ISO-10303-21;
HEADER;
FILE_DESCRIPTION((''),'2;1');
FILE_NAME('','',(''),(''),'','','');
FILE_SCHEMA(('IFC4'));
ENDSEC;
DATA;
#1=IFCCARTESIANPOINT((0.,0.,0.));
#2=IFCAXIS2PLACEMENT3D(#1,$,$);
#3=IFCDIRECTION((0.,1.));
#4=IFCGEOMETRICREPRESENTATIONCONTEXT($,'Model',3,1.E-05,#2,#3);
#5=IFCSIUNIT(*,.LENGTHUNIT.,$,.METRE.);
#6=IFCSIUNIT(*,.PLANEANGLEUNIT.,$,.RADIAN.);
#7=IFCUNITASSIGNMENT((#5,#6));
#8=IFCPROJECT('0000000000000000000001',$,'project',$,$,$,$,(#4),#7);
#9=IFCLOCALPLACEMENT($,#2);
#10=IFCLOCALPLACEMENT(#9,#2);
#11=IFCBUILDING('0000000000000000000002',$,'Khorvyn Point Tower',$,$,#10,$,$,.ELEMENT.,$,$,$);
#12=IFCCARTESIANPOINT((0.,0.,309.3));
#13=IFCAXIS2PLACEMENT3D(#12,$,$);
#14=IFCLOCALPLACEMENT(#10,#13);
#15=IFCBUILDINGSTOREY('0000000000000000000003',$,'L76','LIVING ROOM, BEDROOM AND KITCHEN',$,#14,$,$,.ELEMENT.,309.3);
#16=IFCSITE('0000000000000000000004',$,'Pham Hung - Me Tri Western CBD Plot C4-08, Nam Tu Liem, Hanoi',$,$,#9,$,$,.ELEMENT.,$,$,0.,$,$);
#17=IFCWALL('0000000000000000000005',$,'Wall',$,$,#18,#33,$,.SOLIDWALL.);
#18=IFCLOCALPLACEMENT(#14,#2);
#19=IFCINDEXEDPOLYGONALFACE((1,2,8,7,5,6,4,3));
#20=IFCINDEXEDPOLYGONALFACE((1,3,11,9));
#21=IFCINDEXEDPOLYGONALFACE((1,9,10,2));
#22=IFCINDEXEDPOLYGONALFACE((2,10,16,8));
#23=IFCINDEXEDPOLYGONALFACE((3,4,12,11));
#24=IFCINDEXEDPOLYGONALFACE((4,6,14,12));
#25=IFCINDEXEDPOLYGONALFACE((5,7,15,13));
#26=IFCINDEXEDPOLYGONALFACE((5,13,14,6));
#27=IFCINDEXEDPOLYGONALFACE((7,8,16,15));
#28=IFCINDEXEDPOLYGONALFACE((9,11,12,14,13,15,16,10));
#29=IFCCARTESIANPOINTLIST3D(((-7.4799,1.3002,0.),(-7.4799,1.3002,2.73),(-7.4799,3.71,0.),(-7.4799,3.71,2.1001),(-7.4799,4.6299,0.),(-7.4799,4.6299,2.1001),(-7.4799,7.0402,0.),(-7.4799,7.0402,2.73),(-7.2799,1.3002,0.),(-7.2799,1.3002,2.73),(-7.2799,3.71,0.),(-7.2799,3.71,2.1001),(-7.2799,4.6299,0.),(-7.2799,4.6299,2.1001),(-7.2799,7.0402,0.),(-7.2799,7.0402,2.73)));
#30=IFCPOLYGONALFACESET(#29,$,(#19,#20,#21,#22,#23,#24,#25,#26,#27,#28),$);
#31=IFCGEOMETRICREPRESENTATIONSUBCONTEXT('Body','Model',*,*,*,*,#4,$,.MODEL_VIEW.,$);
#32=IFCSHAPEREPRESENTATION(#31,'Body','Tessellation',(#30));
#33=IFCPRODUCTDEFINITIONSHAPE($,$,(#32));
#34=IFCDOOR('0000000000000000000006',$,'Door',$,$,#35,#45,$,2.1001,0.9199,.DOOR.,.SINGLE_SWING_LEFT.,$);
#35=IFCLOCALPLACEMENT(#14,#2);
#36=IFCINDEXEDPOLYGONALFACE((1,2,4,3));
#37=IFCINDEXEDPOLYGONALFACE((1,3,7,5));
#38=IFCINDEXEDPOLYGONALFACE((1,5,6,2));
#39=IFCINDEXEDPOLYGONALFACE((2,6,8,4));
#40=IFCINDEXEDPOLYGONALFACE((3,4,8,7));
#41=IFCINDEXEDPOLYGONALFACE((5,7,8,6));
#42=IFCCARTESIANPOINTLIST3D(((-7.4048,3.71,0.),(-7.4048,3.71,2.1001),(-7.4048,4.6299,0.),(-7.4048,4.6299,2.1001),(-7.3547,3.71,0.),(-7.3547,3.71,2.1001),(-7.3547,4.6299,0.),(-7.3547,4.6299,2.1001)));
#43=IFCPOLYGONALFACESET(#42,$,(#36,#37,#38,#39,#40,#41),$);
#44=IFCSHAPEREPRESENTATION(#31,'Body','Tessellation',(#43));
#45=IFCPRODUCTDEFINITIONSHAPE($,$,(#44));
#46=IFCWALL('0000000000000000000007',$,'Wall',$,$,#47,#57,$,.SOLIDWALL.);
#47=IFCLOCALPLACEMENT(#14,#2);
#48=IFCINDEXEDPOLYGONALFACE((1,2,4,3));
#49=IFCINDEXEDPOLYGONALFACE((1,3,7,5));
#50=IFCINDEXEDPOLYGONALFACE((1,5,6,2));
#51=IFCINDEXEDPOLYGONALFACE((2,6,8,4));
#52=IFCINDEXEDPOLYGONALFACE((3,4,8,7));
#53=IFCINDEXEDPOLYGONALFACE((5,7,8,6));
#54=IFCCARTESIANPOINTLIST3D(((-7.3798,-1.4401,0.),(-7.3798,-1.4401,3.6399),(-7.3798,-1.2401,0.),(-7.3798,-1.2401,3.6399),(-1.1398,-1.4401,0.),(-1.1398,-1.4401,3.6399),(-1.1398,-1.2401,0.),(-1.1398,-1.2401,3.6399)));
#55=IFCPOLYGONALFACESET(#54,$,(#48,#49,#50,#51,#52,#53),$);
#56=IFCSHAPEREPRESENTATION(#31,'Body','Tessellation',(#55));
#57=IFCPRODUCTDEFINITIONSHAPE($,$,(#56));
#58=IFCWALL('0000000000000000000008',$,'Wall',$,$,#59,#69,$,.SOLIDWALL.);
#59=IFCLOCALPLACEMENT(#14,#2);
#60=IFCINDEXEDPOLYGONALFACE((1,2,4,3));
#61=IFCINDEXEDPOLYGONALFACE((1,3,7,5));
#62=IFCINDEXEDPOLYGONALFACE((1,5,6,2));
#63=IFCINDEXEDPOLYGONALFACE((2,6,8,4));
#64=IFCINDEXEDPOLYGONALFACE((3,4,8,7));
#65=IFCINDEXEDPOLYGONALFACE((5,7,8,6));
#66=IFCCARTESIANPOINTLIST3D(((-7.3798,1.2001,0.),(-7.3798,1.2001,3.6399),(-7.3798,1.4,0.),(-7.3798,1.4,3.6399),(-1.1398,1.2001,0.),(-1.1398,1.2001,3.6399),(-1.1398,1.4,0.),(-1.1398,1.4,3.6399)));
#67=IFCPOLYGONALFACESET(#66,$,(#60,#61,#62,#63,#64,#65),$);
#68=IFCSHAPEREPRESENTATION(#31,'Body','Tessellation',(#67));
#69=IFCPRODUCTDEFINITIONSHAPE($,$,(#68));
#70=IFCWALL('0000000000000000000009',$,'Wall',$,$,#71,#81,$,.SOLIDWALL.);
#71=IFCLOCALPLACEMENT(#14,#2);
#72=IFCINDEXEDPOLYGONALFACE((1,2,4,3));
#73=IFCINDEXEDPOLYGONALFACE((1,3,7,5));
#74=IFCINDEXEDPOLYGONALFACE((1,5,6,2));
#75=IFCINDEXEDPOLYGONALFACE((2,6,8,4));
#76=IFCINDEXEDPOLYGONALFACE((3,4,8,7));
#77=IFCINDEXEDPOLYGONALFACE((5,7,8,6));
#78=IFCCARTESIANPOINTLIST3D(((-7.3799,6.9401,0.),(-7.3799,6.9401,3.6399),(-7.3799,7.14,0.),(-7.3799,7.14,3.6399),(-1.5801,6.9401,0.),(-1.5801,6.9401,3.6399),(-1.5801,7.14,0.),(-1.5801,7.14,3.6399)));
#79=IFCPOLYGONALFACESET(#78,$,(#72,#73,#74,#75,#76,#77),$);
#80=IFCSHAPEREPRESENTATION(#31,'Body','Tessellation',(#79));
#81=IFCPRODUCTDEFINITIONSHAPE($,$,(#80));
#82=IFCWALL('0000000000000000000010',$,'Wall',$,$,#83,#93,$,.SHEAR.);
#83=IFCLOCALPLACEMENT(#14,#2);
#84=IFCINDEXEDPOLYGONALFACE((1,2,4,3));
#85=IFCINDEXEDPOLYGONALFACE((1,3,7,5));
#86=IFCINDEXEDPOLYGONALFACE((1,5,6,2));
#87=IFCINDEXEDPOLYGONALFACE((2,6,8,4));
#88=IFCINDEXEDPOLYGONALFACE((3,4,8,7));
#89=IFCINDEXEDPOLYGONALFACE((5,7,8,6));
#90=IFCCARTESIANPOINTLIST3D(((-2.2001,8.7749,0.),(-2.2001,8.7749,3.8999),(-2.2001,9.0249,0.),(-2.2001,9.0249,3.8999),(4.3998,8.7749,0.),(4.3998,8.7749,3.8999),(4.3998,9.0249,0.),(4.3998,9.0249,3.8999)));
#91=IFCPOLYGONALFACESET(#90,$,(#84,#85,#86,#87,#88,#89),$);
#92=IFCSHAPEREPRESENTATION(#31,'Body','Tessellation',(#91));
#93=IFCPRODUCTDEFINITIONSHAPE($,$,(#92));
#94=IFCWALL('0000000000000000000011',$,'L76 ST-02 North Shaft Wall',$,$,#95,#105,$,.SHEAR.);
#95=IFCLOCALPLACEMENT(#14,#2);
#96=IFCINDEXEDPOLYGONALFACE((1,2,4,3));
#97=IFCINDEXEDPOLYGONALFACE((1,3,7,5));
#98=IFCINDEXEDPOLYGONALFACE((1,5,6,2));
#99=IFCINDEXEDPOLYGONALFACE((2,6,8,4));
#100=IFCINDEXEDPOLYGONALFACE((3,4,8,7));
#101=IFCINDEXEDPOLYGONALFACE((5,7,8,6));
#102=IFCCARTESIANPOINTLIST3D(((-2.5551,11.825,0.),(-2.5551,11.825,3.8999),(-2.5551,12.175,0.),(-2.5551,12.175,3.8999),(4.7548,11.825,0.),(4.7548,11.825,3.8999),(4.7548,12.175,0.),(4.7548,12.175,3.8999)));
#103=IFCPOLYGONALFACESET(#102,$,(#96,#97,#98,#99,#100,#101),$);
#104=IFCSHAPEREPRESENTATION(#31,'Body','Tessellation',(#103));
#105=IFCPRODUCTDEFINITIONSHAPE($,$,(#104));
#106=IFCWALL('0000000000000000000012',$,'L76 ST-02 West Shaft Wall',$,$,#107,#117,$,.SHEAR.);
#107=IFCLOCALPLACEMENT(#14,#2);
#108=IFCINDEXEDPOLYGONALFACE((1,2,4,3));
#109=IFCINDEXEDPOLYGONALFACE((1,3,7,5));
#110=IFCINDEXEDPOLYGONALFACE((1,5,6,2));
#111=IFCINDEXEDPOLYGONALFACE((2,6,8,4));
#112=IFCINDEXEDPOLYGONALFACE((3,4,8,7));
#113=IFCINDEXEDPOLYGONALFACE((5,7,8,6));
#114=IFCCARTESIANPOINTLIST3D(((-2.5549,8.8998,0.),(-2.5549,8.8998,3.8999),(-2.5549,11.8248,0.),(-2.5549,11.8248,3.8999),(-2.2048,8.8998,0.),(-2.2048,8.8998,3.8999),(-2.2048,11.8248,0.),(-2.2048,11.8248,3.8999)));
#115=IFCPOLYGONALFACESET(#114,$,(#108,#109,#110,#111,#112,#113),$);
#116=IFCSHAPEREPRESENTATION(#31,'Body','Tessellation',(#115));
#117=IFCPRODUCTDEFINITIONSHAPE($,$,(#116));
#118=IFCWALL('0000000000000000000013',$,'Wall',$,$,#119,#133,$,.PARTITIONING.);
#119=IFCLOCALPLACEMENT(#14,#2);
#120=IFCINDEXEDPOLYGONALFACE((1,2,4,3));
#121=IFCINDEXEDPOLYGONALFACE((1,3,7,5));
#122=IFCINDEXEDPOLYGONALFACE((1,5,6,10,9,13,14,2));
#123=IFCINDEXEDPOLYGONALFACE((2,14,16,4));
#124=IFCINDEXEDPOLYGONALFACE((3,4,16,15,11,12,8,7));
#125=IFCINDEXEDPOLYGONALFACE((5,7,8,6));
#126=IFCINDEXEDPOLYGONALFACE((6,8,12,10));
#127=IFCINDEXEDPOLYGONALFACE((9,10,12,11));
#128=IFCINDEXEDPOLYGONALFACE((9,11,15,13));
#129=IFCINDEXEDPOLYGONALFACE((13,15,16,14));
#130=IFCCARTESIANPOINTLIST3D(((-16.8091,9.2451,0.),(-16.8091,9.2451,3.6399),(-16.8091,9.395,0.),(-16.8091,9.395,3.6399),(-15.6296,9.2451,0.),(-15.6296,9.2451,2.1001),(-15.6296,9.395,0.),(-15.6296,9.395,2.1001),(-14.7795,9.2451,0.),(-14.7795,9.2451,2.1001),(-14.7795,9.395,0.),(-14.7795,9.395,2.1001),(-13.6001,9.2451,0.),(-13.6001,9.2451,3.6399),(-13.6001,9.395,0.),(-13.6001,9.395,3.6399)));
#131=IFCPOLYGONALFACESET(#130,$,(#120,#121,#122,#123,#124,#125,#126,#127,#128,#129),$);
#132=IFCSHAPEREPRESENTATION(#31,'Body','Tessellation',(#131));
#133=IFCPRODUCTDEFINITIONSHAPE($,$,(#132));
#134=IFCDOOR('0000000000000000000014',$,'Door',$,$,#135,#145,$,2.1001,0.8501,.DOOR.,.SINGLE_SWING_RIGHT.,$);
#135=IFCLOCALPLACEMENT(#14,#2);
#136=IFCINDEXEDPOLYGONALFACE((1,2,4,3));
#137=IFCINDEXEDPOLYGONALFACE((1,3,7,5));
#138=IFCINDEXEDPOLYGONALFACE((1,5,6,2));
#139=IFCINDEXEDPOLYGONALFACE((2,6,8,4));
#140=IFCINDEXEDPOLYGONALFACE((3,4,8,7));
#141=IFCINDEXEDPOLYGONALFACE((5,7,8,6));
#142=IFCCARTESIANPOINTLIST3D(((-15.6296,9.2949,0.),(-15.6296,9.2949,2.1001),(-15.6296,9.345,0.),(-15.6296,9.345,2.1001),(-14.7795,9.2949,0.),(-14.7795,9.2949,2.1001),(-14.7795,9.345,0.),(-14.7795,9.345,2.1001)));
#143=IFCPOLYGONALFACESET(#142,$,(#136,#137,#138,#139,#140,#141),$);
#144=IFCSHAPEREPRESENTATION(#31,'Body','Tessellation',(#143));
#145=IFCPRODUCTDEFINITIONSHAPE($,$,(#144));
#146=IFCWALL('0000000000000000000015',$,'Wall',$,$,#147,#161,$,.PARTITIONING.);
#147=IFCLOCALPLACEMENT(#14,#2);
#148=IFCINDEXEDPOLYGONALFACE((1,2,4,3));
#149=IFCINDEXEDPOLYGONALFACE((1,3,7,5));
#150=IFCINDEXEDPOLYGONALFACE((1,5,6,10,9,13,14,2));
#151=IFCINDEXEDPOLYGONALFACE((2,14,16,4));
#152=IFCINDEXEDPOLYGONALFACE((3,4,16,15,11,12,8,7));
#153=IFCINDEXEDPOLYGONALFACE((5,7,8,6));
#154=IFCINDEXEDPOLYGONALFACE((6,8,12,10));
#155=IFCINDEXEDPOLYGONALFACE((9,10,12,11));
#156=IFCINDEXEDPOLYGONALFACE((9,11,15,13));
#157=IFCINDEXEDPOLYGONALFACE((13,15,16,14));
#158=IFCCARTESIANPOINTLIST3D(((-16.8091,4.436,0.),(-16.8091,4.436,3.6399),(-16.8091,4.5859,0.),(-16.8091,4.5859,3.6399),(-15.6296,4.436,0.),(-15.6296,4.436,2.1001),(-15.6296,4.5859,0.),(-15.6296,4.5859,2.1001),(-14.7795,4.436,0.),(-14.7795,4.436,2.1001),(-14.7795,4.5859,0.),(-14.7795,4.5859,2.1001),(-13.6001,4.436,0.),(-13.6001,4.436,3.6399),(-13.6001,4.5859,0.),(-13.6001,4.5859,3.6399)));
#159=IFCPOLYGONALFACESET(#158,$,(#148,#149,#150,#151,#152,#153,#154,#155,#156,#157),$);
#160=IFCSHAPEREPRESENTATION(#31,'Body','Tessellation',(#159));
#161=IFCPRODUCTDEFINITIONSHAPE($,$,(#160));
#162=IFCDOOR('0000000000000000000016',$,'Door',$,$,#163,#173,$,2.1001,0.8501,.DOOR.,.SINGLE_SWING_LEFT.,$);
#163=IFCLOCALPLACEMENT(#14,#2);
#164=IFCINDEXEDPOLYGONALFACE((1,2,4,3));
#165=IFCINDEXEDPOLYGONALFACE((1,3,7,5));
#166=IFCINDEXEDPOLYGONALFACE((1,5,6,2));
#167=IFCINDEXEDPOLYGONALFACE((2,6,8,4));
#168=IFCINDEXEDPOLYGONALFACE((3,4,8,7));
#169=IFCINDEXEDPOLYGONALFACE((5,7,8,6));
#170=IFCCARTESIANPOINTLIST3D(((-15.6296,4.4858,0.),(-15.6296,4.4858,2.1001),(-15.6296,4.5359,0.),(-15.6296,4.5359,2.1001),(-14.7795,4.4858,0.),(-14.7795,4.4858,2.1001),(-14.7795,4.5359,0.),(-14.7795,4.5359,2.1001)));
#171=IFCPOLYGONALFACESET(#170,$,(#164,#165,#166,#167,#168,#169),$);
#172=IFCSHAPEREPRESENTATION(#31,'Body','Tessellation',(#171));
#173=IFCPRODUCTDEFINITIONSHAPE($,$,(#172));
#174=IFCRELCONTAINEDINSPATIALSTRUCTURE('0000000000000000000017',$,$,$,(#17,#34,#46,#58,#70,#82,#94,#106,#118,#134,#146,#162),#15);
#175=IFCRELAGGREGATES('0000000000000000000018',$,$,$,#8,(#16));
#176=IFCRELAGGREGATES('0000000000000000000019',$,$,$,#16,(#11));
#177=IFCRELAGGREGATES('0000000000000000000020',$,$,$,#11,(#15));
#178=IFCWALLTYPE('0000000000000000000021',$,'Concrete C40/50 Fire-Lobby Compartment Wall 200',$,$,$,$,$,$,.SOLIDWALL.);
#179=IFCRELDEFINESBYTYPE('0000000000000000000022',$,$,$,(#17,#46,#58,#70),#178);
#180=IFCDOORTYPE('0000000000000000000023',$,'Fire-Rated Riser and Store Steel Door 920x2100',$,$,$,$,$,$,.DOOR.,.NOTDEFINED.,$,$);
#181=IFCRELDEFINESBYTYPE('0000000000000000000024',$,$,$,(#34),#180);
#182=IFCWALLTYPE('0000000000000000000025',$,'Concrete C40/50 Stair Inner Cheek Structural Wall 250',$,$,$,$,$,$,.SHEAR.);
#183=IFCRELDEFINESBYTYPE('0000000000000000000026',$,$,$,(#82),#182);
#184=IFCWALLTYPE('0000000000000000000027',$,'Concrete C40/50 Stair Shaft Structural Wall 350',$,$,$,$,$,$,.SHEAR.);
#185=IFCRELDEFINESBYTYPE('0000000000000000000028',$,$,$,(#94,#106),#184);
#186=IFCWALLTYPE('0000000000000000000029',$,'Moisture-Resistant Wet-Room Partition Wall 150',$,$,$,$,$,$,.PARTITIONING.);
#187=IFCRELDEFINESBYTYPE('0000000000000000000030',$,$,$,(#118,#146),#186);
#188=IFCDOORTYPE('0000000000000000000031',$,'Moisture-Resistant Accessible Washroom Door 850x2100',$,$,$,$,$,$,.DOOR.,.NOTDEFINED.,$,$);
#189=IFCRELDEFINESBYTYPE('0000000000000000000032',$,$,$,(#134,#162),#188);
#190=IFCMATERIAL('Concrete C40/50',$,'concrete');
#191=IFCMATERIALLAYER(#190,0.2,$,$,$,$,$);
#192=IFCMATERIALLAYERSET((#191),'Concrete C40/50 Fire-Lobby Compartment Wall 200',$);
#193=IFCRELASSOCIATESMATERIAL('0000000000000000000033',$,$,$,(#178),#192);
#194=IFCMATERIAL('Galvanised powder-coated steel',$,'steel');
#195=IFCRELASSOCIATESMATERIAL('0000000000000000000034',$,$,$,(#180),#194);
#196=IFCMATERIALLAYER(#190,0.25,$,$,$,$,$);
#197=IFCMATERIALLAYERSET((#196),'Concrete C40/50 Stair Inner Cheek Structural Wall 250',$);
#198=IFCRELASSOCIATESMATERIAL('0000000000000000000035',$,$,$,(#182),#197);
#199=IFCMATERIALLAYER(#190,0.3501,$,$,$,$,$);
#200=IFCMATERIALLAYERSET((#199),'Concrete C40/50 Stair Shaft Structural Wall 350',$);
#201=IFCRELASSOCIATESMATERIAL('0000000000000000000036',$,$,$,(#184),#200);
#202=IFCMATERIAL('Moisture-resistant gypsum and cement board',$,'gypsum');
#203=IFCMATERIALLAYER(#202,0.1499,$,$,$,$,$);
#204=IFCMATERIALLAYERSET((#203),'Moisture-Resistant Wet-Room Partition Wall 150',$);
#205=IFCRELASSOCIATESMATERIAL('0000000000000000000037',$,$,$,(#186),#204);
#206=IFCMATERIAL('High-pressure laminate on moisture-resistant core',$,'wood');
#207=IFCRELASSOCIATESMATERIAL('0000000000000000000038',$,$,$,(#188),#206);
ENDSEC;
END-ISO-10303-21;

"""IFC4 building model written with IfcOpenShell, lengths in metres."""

from ifc_helpers import new_model, si_unit, direction, frame, frame_2d, origin, place, context, subcontext, project, spatial, rectangle, extrude, material, layer, layer_set, type_object, element, fill, save


model = new_model("IFC4")

# Units and contexts
model_context = context("Model", 3, precision=1e-05, world=origin(), true_north=direction((0.0, 1.0)))
body_context = subcontext(model_context, "Body", "Model", "MODEL_VIEW")
ifc_project = project(units=[si_unit("LENGTHUNIT", "METRE"), si_unit("PLANEANGLEUNIT", "RADIAN")], contexts=[model_context])

# Site, building, storey
site_placement = place(None, origin())
site = spatial("IfcSite", under=ifc_project, at=site_placement, Name="Pham Hung - Me Tri Western CBD Plot C4-08, Nam Tu Liem, Hanoi", CompositionType="ELEMENT", RefElevation=0.0)
building_placement = place(site_placement, origin())
building = spatial("IfcBuilding", under=site, at=building_placement, Name="Khorvyn Point Tower", CompositionType="ELEMENT")
storey_placement = place(building_placement, frame((0.0, 0.0, 309.3)))
storey = spatial("IfcBuildingStorey", under=building, at=storey_placement, Name="L76", Description="LIVING ROOM, BEDROOM AND KITCHEN", CompositionType="ELEMENT", Elevation=309.3)

# Shared definitions
ifc_material_1 = material(Name="Concrete C40/50", Category="concrete")

# Wall, opening, door
ifc_layer_1 = layer(ifc_material_1, 0.2)
ifc_layer_set_1 = layer_set([ifc_layer_1], Name="Concrete C40/50 Fire-Lobby Compartment Wall 200")
wall_type_1 = type_object("IfcWallType", Name="Concrete C40/50 Fire-Lobby Compartment Wall 200", PredefinedType="SOLIDWALL", material=ifc_layer_set_1)
ifc_material_2 = material(Name="Galvanised powder-coated steel", Category="steel")
wall_1_placement = place(storey_placement, frame((-7.3799, 1.3, 0.0), z_axis=(0.0, 0.0, 1.0), x_axis=(0.0, 1.0, 0.0)))
wall_1 = element("IfcWall", 1, at=wall_1_placement, inside=storey, type_object=wall_type_1, Name="Wall", PredefinedType="SOLIDWALL", context=body_context, shape_type="SweptSolid", body=[
    extrude(rectangle(XDim=5.74, YDim=0.2, at=frame_2d((2.8701, 0.0))), origin(), (0.0, 0.0, 1.0), 2.73),
])
opening_1_placement = place(wall_1_placement, frame((2.4099, 0.0, 0.0)))
opening_1 = element("IfcOpeningElement", 2, at=opening_1_placement, cuts=wall_1, PredefinedType="OPENING", context=body_context, shape_type="SweptSolid", body=[
    extrude(rectangle(XDim=0.9199, YDim=2.1001, at=frame_2d((0.46, 1.05))), frame((0.0, 0.1099, 0.0), z_axis=(0.0, -1.0, 0.0), x_axis=(1.0, 0.0, 0.0)), (0.0, 0.0, 1.0), 0.22),
])
door_type_1 = type_object("IfcDoorType", Name="Fire-Rated Riser and Store Steel Door 920x2100", OperationType="NOTDEFINED", PredefinedType="DOOR", material=ifc_material_2)
door_1_placement = place(opening_1_placement, origin())
door_1 = element("IfcDoor", 3, at=door_1_placement, inside=storey, type_object=door_type_1, Name="Door", OperationType="SINGLE_SWING_LEFT", OverallHeight=2.1001, OverallWidth=0.9199, PredefinedType="DOOR", context=body_context, shape_type="SweptSolid", body=[
    extrude(rectangle(XDim=0.9199, YDim=2.1001, at=frame_2d((0.46, 1.05))), frame((0.0, 0.0249, 0.0), z_axis=(0.0, -1.0, 0.0), x_axis=(1.0, 0.0, 0.0)), (0.0, 0.0, 1.0), 0.05),
])
fill(opening_1, door_1)

# Walls
for number, where, z_axis, x_axis, name in (
    (4, (-7.3799, -1.3401, 0.0), (0.0, 0.0, 1.0), (1.0, 0.0, 0.0), "Wall"),
    (5, (-7.3799, 1.3, 0.0), (0.0, 0.0, 1.0), (1.0, 0.0, 0.0), "Wall"),
):
    element("IfcWall", number, at=place(storey_placement, frame(where, z_axis=z_axis, x_axis=x_axis)), inside=storey, type_object=wall_type_1, Name=name, PredefinedType="SOLIDWALL", context=body_context, shape_type="SweptSolid", body=[
        extrude(rectangle(XDim=6.24, YDim=0.2, at=frame_2d((3.1201, 0.0))), origin(), (0.0, 0.0, 1.0), 3.6399),
    ])
wall_2_placement = place(storey_placement, frame((-7.3799, 7.04, 0.0), z_axis=(0.0, 0.0, 1.0), x_axis=(1.0, 0.0, 0.0)))
element("IfcWall", 6, at=wall_2_placement, inside=storey, type_object=wall_type_1, Name="Wall", PredefinedType="SOLIDWALL", context=body_context, shape_type="SweptSolid", body=[
    extrude(rectangle(XDim=5.7998, YDim=0.2, at=frame_2d((2.8999, 0.0))), origin(), (0.0, 0.0, 1.0), 3.6399),
])
ifc_layer_2 = layer(ifc_material_1, 0.25)
ifc_layer_set_2 = layer_set([ifc_layer_2], Name="Concrete C40/50 Stair Inner Cheek Structural Wall 250")
wall_type_2 = type_object("IfcWallType", Name="Concrete C40/50 Stair Inner Cheek Structural Wall 250", PredefinedType="SHEAR", material=ifc_layer_set_2)
wall_3_placement = place(storey_placement, frame((-2.2, 8.8999, 0.0), z_axis=(0.0, 0.0, 1.0), x_axis=(1.0, 0.0, 0.0)))
element("IfcWall", 7, at=wall_3_placement, inside=storey, type_object=wall_type_2, Name="Wall", PredefinedType="SHEAR", context=body_context, shape_type="SweptSolid", body=[
    extrude(rectangle(XDim=6.5999, YDim=0.25, at=frame_2d((3.2998, 0.0))), origin(), (0.0, 0.0, 1.0), 3.8999),
])
ifc_layer_3 = layer(ifc_material_1, 0.3501)
ifc_layer_set_3 = layer_set([ifc_layer_3], Name="Concrete C40/50 Stair Shaft Structural Wall 350")
wall_type_3 = type_object("IfcWallType", Name="Concrete C40/50 Stair Shaft Structural Wall 350", PredefinedType="SHEAR", material=ifc_layer_set_3)
wall_4_placement = place(storey_placement, frame((-2.5549, 12.0, 0.0), z_axis=(0.0, 0.0, 1.0), x_axis=(1.0, 0.0, 0.0)))
element("IfcWall", 8, at=wall_4_placement, inside=storey, type_object=wall_type_3, Name="L76 ST-02 North Shaft Wall", PredefinedType="SHEAR", context=body_context, shape_type="SweptSolid", body=[
    extrude(rectangle(XDim=7.3098, YDim=0.3501, at=frame_2d((3.6548, 0.0))), origin(), (0.0, 0.0, 1.0), 3.8999),
])
wall_5_placement = place(storey_placement, frame((-2.3799, 8.8999, 0.0), z_axis=(0.0, 0.0, 1.0), x_axis=(0.0, 1.0, 0.0)))
element("IfcWall", 9, at=wall_5_placement, inside=storey, type_object=wall_type_3, Name="L76 ST-02 West Shaft Wall", PredefinedType="SHEAR", context=body_context, shape_type="SweptSolid", body=[
    extrude(rectangle(XDim=2.925, YDim=0.3501, at=frame_2d((1.4624, 0.0))), origin(), (0.0, 0.0, 1.0), 3.8999),
])

# Walls, openings, doors
ifc_material_3 = material(Name="Moisture-resistant gypsum and cement board", Category="gypsum")
ifc_layer_4 = layer(ifc_material_3, 0.1499)
ifc_layer_set_4 = layer_set([ifc_layer_4], Name="Moisture-Resistant Wet-Room Partition Wall 150")
wall_type_4 = type_object("IfcWallType", Name="Moisture-Resistant Wet-Room Partition Wall 150", PredefinedType="PARTITIONING", material=ifc_layer_set_4)
wall_6_placement = place(storey_placement, frame((-16.8091, 9.3201, 0.0), z_axis=(0.0, 0.0, 1.0), x_axis=(1.0, 0.0, 0.0)))
wall_6 = element("IfcWall", 10, at=wall_6_placement, inside=storey, type_object=wall_type_4, Name="Wall", PredefinedType="PARTITIONING", context=body_context, shape_type="SweptSolid", body=[
    extrude(rectangle(XDim=3.209, YDim=0.1499, at=frame_2d((1.6045, 0.0))), origin(), (0.0, 0.0, 1.0), 3.6399),
])
opening_2_placement = place(wall_6_placement, frame((1.1794, 0.0, 0.0)))
opening_2 = element("IfcOpeningElement", 11, at=opening_2_placement, cuts=wall_6, PredefinedType="OPENING", context=body_context, shape_type="SweptSolid", body=[
    extrude(rectangle(XDim=0.8501, YDim=2.1001, at=frame_2d((0.425, 1.05))), frame((0.0, 0.085, 0.0), z_axis=(0.0, -1.0, 0.0), x_axis=(1.0, 0.0, 0.0)), (0.0, 0.0, 1.0), 0.1699),
])
ifc_material_4 = material(Name="High-pressure laminate on moisture-resistant core", Category="wood")
door_type_2 = type_object("IfcDoorType", Name="Moisture-Resistant Accessible Washroom Door 850x2100", OperationType="NOTDEFINED", PredefinedType="DOOR", material=ifc_material_4)
door_2_placement = place(opening_2_placement, origin())
door_2 = element("IfcDoor", 12, at=door_2_placement, inside=storey, type_object=door_type_2, Name="Door", OperationType="SINGLE_SWING_RIGHT", OverallHeight=2.1001, OverallWidth=0.8501, PredefinedType="DOOR", context=body_context, shape_type="SweptSolid", body=[
    extrude(rectangle(XDim=0.8501, YDim=2.1001, at=frame_2d((0.425, 1.05))), frame((0.0, 0.0249, 0.0), z_axis=(0.0, -1.0, 0.0), x_axis=(1.0, 0.0, 0.0)), (0.0, 0.0, 1.0), 0.05),
])
fill(opening_2, door_2)
wall_7_placement = place(storey_placement, frame((-16.8091, 4.511, 0.0), z_axis=(0.0, 0.0, 1.0), x_axis=(1.0, 0.0, 0.0)))
wall_7 = element("IfcWall", 13, at=wall_7_placement, inside=storey, type_object=wall_type_4, Name="Wall", PredefinedType="PARTITIONING", context=body_context, shape_type="SweptSolid", body=[
    extrude(rectangle(XDim=3.209, YDim=0.1499, at=frame_2d((1.6045, 0.0))), origin(), (0.0, 0.0, 1.0), 3.6399),
])
opening_3_placement = place(wall_7_placement, frame((1.1794, 0.0, 0.0)))
opening_3 = element("IfcOpeningElement", 14, at=opening_3_placement, cuts=wall_7, PredefinedType="OPENING", context=body_context, shape_type="SweptSolid", body=[
    extrude(rectangle(XDim=0.8501, YDim=2.1001, at=frame_2d((0.425, 1.05))), frame((0.0, 0.085, 0.0), z_axis=(0.0, -1.0, 0.0), x_axis=(1.0, 0.0, 0.0)), (0.0, 0.0, 1.0), 0.1699),
])
door_3_placement = place(opening_3_placement, origin())
door_3 = element("IfcDoor", 15, at=door_3_placement, inside=storey, type_object=door_type_2, Name="Door", OperationType="SINGLE_SWING_LEFT", OverallHeight=2.1001, OverallWidth=0.8501, PredefinedType="DOOR", context=body_context, shape_type="SweptSolid", body=[
    extrude(rectangle(XDim=0.8501, YDim=2.1001, at=frame_2d((0.425, 1.05))), frame((0.0, 0.0249, 0.0), z_axis=(0.0, -1.0, 0.0), x_axis=(1.0, 0.0, 0.0)), (0.0, 0.0, 1.0), 0.05),
])
fill(opening_3, door_3)

save(model, "model.ifc")
